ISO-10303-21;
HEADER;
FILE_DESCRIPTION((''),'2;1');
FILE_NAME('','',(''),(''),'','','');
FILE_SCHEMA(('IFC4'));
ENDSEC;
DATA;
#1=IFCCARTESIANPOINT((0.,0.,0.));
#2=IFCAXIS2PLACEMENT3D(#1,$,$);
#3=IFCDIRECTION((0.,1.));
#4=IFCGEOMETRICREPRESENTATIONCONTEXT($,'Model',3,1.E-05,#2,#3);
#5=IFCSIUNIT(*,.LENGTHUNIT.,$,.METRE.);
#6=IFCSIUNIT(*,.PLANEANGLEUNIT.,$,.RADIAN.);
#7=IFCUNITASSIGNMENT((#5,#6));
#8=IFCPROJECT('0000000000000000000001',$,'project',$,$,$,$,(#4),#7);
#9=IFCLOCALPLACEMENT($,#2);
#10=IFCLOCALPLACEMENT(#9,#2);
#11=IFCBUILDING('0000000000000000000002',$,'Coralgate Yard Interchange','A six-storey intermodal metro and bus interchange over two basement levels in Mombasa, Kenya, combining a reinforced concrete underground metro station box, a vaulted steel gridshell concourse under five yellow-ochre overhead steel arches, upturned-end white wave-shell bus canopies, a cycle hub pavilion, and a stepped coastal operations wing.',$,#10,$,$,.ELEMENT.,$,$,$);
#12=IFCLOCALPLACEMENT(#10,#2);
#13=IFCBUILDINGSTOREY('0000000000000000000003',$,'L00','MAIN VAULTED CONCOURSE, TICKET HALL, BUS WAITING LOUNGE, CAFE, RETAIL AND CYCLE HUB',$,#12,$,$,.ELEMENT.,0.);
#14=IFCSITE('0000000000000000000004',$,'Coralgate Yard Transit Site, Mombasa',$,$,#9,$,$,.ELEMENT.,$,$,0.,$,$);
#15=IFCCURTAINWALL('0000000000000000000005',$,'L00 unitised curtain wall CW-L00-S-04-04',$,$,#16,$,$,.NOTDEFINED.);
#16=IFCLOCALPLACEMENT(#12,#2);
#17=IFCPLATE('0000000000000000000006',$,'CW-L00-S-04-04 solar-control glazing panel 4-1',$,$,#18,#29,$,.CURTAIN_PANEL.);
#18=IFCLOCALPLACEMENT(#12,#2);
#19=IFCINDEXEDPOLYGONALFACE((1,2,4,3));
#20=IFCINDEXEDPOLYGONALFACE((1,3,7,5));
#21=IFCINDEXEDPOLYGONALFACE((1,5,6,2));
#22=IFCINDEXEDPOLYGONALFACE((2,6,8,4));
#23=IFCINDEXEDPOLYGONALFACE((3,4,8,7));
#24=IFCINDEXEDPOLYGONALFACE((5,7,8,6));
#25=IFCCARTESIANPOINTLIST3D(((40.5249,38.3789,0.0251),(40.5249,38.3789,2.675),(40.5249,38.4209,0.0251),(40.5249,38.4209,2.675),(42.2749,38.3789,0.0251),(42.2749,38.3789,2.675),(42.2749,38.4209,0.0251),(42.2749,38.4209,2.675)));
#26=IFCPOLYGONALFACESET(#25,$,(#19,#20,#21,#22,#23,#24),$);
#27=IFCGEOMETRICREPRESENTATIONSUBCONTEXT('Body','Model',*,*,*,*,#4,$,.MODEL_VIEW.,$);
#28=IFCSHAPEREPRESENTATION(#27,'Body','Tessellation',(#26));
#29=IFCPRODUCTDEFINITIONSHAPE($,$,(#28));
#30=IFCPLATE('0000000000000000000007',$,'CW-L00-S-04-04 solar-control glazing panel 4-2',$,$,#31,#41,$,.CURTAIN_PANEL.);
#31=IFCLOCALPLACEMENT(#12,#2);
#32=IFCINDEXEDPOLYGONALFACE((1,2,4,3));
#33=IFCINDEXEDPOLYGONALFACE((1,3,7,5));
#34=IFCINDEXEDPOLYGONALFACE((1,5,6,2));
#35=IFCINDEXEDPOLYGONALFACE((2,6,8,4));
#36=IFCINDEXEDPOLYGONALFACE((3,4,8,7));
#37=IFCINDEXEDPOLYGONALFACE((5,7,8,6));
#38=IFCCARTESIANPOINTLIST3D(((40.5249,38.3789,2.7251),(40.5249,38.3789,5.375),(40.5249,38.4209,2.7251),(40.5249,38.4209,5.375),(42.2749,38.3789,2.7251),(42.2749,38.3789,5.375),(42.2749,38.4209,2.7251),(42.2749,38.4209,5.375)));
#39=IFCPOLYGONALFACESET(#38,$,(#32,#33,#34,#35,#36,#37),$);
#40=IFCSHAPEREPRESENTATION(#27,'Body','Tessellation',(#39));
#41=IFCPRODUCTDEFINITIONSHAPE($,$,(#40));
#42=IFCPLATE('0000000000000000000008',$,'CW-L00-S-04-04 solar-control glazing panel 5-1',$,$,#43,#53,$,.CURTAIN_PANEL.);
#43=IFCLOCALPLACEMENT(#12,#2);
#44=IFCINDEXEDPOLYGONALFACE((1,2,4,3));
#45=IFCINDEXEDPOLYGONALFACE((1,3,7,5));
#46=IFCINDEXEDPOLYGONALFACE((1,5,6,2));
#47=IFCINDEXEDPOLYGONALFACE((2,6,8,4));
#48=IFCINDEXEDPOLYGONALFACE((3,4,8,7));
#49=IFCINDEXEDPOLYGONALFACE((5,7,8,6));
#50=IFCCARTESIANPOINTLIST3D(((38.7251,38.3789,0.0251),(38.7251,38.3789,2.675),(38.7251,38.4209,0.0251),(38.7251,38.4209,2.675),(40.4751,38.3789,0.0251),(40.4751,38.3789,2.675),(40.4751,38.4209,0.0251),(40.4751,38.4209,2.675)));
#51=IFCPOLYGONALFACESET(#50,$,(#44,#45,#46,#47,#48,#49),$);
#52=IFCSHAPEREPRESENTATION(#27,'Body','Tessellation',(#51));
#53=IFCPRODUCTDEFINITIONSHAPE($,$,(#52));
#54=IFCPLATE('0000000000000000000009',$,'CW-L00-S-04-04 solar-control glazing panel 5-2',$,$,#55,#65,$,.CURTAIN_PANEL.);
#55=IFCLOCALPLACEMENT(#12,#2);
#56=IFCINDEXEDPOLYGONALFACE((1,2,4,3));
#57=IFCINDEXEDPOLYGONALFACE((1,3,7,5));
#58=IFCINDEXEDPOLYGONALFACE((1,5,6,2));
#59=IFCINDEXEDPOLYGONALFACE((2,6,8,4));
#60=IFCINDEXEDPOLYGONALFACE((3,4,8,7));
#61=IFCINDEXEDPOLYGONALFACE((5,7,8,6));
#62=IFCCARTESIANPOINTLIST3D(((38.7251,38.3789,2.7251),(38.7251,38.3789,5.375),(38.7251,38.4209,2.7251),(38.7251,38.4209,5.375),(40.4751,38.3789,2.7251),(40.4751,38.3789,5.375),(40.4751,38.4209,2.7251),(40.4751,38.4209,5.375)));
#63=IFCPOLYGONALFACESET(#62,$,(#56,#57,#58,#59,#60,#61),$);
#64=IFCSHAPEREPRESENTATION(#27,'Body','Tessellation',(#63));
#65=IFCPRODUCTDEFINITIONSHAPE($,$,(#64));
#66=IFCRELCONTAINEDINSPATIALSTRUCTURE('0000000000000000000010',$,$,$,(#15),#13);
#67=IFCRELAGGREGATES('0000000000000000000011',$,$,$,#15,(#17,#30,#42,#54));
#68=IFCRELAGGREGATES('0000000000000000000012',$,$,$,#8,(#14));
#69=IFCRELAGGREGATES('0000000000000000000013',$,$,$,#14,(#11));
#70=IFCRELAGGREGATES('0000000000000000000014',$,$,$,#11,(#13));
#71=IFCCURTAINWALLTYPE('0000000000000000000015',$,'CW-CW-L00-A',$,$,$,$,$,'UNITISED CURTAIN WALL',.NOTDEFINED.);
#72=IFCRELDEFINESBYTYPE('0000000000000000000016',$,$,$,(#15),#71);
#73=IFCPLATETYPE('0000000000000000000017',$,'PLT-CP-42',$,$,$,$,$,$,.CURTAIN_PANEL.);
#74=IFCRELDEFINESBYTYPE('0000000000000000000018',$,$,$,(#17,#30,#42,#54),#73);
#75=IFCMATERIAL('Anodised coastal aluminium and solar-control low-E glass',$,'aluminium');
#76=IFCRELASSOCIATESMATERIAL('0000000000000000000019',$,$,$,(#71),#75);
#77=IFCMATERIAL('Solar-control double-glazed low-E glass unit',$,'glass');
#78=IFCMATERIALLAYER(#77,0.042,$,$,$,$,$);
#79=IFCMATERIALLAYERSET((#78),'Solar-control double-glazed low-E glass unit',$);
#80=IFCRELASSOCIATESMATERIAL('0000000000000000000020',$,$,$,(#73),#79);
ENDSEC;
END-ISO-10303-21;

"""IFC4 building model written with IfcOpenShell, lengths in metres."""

from ifc_helpers import new_model, si_unit, direction, frame, origin, origin_2d, place, context, subcontext, project, spatial, rectangle, extrude, material, layer, layer_set, type_object, element, aggregate, save


model = new_model("IFC4")

# Units and contexts
model_context = context("Model", 3, precision=1e-05, world=origin(), true_north=direction((0.0, 1.0)))
body_context = subcontext(model_context, "Body", "Model", "MODEL_VIEW")
ifc_project = project(units=[si_unit("LENGTHUNIT", "METRE"), si_unit("PLANEANGLEUNIT", "RADIAN")], contexts=[model_context])

# Site, building, storey
site_placement = place(None, origin())
site = spatial("IfcSite", under=ifc_project, at=site_placement, Name="Coralgate Yard Transit Site, Mombasa", CompositionType="ELEMENT", RefElevation=0.0)
building_placement = place(site_placement, origin())
building = spatial("IfcBuilding", under=site, at=building_placement, Name="Coralgate Yard Interchange", Description="A six-storey intermodal metro and bus interchange over two basement levels in Mombasa, Kenya, combining a reinforced concrete underground metro station box, a vaulted steel gridshell concourse under five yellow-ochre overhead steel arches, upturned-end white wave-shell bus canopies, a cycle hub pavilion, and a stepped coastal operations wing.", CompositionType="ELEMENT")
storey_placement = place(building_placement, origin())
storey = spatial("IfcBuildingStorey", under=building, at=storey_placement, Name="L00", Description="MAIN VAULTED CONCOURSE, TICKET HALL, BUS WAITING LOUNGE, CAFE, RETAIL AND CYCLE HUB", CompositionType="ELEMENT", Elevation=0.0)

# Curtain wall, plates
ifc_material_1 = material(Name="Anodised coastal aluminium and solar-control low-E glass", Category="aluminium")
curtain_wall_type = type_object("IfcCurtainWallType", Name="CW-CW-L00-A", ElementType="UNITISED CURTAIN WALL", PredefinedType="NOTDEFINED", material=ifc_material_1)
curtain_wall_placement = place(storey_placement, origin())
curtain_wall = element("IfcCurtainWall", 1, at=curtain_wall_placement, inside=storey, type_object=curtain_wall_type, Name="L00 unitised curtain wall CW-L00-S-04-04", PredefinedType="NOTDEFINED")
ifc_material_2 = material(Name="Solar-control double-glazed low-E glass unit", Category="glass")
ifc_layer = layer(ifc_material_2, 0.042)
ifc_layer_set = layer_set([ifc_layer], Name="Solar-control double-glazed low-E glass unit")
plate_type = type_object("IfcPlateType", Name="PLT-CP-42", PredefinedType="CURTAIN_PANEL", material=ifc_layer_set)
plate_1_placement = place(storey_placement, frame((41.3999, 38.3999, 0.0251), z_axis=(0.0, 0.0, 1.0), x_axis=(-1.0, 0.0, 0.0)))
plate_1 = element("IfcPlate", 2, at=plate_1_placement, type_object=plate_type, Name="CW-L00-S-04-04 solar-control glazing panel 4-1", PredefinedType="CURTAIN_PANEL", context=body_context, shape_type="SweptSolid", body=[
    extrude(rectangle(XDim=1.75, YDim=0.042, at=origin_2d()), origin(), (0.0, 0.0, 1.0), 2.6499),
])
plate_2_placement = place(storey_placement, frame((41.3999, 38.3999, 2.7251), z_axis=(0.0, 0.0, 1.0), x_axis=(-1.0, 0.0, 0.0)))
plate_2 = element("IfcPlate", 3, at=plate_2_placement, type_object=plate_type, Name="CW-L00-S-04-04 solar-control glazing panel 4-2", PredefinedType="CURTAIN_PANEL", context=body_context, shape_type="SweptSolid", body=[
    extrude(rectangle(XDim=1.75, YDim=0.042, at=origin_2d()), origin(), (0.0, 0.0, 1.0), 2.6499),
])
plate_3_placement = place(storey_placement, frame((39.6001, 38.3999, 0.0251), z_axis=(0.0, 0.0, 1.0), x_axis=(-1.0, 0.0, 0.0)))
plate_3 = element("IfcPlate", 4, at=plate_3_placement, type_object=plate_type, Name="CW-L00-S-04-04 solar-control glazing panel 5-1", PredefinedType="CURTAIN_PANEL", context=body_context, shape_type="SweptSolid", body=[
    extrude(rectangle(XDim=1.75, YDim=0.042, at=origin_2d()), origin(), (0.0, 0.0, 1.0), 2.6499),
])
plate_4_placement = place(storey_placement, frame((39.6001, 38.3999, 2.7251), z_axis=(0.0, 0.0, 1.0), x_axis=(-1.0, 0.0, 0.0)))
plate_4 = element("IfcPlate", 5, at=plate_4_placement, type_object=plate_type, Name="CW-L00-S-04-04 solar-control glazing panel 5-2", PredefinedType="CURTAIN_PANEL", context=body_context, shape_type="SweptSolid", body=[
    extrude(rectangle(XDim=1.75, YDim=0.042, at=origin_2d()), origin(), (0.0, 0.0, 1.0), 2.6499),
])
aggregate(curtain_wall, [plate_1, plate_2, plate_3, plate_4])

save(model, "model.ifc")
